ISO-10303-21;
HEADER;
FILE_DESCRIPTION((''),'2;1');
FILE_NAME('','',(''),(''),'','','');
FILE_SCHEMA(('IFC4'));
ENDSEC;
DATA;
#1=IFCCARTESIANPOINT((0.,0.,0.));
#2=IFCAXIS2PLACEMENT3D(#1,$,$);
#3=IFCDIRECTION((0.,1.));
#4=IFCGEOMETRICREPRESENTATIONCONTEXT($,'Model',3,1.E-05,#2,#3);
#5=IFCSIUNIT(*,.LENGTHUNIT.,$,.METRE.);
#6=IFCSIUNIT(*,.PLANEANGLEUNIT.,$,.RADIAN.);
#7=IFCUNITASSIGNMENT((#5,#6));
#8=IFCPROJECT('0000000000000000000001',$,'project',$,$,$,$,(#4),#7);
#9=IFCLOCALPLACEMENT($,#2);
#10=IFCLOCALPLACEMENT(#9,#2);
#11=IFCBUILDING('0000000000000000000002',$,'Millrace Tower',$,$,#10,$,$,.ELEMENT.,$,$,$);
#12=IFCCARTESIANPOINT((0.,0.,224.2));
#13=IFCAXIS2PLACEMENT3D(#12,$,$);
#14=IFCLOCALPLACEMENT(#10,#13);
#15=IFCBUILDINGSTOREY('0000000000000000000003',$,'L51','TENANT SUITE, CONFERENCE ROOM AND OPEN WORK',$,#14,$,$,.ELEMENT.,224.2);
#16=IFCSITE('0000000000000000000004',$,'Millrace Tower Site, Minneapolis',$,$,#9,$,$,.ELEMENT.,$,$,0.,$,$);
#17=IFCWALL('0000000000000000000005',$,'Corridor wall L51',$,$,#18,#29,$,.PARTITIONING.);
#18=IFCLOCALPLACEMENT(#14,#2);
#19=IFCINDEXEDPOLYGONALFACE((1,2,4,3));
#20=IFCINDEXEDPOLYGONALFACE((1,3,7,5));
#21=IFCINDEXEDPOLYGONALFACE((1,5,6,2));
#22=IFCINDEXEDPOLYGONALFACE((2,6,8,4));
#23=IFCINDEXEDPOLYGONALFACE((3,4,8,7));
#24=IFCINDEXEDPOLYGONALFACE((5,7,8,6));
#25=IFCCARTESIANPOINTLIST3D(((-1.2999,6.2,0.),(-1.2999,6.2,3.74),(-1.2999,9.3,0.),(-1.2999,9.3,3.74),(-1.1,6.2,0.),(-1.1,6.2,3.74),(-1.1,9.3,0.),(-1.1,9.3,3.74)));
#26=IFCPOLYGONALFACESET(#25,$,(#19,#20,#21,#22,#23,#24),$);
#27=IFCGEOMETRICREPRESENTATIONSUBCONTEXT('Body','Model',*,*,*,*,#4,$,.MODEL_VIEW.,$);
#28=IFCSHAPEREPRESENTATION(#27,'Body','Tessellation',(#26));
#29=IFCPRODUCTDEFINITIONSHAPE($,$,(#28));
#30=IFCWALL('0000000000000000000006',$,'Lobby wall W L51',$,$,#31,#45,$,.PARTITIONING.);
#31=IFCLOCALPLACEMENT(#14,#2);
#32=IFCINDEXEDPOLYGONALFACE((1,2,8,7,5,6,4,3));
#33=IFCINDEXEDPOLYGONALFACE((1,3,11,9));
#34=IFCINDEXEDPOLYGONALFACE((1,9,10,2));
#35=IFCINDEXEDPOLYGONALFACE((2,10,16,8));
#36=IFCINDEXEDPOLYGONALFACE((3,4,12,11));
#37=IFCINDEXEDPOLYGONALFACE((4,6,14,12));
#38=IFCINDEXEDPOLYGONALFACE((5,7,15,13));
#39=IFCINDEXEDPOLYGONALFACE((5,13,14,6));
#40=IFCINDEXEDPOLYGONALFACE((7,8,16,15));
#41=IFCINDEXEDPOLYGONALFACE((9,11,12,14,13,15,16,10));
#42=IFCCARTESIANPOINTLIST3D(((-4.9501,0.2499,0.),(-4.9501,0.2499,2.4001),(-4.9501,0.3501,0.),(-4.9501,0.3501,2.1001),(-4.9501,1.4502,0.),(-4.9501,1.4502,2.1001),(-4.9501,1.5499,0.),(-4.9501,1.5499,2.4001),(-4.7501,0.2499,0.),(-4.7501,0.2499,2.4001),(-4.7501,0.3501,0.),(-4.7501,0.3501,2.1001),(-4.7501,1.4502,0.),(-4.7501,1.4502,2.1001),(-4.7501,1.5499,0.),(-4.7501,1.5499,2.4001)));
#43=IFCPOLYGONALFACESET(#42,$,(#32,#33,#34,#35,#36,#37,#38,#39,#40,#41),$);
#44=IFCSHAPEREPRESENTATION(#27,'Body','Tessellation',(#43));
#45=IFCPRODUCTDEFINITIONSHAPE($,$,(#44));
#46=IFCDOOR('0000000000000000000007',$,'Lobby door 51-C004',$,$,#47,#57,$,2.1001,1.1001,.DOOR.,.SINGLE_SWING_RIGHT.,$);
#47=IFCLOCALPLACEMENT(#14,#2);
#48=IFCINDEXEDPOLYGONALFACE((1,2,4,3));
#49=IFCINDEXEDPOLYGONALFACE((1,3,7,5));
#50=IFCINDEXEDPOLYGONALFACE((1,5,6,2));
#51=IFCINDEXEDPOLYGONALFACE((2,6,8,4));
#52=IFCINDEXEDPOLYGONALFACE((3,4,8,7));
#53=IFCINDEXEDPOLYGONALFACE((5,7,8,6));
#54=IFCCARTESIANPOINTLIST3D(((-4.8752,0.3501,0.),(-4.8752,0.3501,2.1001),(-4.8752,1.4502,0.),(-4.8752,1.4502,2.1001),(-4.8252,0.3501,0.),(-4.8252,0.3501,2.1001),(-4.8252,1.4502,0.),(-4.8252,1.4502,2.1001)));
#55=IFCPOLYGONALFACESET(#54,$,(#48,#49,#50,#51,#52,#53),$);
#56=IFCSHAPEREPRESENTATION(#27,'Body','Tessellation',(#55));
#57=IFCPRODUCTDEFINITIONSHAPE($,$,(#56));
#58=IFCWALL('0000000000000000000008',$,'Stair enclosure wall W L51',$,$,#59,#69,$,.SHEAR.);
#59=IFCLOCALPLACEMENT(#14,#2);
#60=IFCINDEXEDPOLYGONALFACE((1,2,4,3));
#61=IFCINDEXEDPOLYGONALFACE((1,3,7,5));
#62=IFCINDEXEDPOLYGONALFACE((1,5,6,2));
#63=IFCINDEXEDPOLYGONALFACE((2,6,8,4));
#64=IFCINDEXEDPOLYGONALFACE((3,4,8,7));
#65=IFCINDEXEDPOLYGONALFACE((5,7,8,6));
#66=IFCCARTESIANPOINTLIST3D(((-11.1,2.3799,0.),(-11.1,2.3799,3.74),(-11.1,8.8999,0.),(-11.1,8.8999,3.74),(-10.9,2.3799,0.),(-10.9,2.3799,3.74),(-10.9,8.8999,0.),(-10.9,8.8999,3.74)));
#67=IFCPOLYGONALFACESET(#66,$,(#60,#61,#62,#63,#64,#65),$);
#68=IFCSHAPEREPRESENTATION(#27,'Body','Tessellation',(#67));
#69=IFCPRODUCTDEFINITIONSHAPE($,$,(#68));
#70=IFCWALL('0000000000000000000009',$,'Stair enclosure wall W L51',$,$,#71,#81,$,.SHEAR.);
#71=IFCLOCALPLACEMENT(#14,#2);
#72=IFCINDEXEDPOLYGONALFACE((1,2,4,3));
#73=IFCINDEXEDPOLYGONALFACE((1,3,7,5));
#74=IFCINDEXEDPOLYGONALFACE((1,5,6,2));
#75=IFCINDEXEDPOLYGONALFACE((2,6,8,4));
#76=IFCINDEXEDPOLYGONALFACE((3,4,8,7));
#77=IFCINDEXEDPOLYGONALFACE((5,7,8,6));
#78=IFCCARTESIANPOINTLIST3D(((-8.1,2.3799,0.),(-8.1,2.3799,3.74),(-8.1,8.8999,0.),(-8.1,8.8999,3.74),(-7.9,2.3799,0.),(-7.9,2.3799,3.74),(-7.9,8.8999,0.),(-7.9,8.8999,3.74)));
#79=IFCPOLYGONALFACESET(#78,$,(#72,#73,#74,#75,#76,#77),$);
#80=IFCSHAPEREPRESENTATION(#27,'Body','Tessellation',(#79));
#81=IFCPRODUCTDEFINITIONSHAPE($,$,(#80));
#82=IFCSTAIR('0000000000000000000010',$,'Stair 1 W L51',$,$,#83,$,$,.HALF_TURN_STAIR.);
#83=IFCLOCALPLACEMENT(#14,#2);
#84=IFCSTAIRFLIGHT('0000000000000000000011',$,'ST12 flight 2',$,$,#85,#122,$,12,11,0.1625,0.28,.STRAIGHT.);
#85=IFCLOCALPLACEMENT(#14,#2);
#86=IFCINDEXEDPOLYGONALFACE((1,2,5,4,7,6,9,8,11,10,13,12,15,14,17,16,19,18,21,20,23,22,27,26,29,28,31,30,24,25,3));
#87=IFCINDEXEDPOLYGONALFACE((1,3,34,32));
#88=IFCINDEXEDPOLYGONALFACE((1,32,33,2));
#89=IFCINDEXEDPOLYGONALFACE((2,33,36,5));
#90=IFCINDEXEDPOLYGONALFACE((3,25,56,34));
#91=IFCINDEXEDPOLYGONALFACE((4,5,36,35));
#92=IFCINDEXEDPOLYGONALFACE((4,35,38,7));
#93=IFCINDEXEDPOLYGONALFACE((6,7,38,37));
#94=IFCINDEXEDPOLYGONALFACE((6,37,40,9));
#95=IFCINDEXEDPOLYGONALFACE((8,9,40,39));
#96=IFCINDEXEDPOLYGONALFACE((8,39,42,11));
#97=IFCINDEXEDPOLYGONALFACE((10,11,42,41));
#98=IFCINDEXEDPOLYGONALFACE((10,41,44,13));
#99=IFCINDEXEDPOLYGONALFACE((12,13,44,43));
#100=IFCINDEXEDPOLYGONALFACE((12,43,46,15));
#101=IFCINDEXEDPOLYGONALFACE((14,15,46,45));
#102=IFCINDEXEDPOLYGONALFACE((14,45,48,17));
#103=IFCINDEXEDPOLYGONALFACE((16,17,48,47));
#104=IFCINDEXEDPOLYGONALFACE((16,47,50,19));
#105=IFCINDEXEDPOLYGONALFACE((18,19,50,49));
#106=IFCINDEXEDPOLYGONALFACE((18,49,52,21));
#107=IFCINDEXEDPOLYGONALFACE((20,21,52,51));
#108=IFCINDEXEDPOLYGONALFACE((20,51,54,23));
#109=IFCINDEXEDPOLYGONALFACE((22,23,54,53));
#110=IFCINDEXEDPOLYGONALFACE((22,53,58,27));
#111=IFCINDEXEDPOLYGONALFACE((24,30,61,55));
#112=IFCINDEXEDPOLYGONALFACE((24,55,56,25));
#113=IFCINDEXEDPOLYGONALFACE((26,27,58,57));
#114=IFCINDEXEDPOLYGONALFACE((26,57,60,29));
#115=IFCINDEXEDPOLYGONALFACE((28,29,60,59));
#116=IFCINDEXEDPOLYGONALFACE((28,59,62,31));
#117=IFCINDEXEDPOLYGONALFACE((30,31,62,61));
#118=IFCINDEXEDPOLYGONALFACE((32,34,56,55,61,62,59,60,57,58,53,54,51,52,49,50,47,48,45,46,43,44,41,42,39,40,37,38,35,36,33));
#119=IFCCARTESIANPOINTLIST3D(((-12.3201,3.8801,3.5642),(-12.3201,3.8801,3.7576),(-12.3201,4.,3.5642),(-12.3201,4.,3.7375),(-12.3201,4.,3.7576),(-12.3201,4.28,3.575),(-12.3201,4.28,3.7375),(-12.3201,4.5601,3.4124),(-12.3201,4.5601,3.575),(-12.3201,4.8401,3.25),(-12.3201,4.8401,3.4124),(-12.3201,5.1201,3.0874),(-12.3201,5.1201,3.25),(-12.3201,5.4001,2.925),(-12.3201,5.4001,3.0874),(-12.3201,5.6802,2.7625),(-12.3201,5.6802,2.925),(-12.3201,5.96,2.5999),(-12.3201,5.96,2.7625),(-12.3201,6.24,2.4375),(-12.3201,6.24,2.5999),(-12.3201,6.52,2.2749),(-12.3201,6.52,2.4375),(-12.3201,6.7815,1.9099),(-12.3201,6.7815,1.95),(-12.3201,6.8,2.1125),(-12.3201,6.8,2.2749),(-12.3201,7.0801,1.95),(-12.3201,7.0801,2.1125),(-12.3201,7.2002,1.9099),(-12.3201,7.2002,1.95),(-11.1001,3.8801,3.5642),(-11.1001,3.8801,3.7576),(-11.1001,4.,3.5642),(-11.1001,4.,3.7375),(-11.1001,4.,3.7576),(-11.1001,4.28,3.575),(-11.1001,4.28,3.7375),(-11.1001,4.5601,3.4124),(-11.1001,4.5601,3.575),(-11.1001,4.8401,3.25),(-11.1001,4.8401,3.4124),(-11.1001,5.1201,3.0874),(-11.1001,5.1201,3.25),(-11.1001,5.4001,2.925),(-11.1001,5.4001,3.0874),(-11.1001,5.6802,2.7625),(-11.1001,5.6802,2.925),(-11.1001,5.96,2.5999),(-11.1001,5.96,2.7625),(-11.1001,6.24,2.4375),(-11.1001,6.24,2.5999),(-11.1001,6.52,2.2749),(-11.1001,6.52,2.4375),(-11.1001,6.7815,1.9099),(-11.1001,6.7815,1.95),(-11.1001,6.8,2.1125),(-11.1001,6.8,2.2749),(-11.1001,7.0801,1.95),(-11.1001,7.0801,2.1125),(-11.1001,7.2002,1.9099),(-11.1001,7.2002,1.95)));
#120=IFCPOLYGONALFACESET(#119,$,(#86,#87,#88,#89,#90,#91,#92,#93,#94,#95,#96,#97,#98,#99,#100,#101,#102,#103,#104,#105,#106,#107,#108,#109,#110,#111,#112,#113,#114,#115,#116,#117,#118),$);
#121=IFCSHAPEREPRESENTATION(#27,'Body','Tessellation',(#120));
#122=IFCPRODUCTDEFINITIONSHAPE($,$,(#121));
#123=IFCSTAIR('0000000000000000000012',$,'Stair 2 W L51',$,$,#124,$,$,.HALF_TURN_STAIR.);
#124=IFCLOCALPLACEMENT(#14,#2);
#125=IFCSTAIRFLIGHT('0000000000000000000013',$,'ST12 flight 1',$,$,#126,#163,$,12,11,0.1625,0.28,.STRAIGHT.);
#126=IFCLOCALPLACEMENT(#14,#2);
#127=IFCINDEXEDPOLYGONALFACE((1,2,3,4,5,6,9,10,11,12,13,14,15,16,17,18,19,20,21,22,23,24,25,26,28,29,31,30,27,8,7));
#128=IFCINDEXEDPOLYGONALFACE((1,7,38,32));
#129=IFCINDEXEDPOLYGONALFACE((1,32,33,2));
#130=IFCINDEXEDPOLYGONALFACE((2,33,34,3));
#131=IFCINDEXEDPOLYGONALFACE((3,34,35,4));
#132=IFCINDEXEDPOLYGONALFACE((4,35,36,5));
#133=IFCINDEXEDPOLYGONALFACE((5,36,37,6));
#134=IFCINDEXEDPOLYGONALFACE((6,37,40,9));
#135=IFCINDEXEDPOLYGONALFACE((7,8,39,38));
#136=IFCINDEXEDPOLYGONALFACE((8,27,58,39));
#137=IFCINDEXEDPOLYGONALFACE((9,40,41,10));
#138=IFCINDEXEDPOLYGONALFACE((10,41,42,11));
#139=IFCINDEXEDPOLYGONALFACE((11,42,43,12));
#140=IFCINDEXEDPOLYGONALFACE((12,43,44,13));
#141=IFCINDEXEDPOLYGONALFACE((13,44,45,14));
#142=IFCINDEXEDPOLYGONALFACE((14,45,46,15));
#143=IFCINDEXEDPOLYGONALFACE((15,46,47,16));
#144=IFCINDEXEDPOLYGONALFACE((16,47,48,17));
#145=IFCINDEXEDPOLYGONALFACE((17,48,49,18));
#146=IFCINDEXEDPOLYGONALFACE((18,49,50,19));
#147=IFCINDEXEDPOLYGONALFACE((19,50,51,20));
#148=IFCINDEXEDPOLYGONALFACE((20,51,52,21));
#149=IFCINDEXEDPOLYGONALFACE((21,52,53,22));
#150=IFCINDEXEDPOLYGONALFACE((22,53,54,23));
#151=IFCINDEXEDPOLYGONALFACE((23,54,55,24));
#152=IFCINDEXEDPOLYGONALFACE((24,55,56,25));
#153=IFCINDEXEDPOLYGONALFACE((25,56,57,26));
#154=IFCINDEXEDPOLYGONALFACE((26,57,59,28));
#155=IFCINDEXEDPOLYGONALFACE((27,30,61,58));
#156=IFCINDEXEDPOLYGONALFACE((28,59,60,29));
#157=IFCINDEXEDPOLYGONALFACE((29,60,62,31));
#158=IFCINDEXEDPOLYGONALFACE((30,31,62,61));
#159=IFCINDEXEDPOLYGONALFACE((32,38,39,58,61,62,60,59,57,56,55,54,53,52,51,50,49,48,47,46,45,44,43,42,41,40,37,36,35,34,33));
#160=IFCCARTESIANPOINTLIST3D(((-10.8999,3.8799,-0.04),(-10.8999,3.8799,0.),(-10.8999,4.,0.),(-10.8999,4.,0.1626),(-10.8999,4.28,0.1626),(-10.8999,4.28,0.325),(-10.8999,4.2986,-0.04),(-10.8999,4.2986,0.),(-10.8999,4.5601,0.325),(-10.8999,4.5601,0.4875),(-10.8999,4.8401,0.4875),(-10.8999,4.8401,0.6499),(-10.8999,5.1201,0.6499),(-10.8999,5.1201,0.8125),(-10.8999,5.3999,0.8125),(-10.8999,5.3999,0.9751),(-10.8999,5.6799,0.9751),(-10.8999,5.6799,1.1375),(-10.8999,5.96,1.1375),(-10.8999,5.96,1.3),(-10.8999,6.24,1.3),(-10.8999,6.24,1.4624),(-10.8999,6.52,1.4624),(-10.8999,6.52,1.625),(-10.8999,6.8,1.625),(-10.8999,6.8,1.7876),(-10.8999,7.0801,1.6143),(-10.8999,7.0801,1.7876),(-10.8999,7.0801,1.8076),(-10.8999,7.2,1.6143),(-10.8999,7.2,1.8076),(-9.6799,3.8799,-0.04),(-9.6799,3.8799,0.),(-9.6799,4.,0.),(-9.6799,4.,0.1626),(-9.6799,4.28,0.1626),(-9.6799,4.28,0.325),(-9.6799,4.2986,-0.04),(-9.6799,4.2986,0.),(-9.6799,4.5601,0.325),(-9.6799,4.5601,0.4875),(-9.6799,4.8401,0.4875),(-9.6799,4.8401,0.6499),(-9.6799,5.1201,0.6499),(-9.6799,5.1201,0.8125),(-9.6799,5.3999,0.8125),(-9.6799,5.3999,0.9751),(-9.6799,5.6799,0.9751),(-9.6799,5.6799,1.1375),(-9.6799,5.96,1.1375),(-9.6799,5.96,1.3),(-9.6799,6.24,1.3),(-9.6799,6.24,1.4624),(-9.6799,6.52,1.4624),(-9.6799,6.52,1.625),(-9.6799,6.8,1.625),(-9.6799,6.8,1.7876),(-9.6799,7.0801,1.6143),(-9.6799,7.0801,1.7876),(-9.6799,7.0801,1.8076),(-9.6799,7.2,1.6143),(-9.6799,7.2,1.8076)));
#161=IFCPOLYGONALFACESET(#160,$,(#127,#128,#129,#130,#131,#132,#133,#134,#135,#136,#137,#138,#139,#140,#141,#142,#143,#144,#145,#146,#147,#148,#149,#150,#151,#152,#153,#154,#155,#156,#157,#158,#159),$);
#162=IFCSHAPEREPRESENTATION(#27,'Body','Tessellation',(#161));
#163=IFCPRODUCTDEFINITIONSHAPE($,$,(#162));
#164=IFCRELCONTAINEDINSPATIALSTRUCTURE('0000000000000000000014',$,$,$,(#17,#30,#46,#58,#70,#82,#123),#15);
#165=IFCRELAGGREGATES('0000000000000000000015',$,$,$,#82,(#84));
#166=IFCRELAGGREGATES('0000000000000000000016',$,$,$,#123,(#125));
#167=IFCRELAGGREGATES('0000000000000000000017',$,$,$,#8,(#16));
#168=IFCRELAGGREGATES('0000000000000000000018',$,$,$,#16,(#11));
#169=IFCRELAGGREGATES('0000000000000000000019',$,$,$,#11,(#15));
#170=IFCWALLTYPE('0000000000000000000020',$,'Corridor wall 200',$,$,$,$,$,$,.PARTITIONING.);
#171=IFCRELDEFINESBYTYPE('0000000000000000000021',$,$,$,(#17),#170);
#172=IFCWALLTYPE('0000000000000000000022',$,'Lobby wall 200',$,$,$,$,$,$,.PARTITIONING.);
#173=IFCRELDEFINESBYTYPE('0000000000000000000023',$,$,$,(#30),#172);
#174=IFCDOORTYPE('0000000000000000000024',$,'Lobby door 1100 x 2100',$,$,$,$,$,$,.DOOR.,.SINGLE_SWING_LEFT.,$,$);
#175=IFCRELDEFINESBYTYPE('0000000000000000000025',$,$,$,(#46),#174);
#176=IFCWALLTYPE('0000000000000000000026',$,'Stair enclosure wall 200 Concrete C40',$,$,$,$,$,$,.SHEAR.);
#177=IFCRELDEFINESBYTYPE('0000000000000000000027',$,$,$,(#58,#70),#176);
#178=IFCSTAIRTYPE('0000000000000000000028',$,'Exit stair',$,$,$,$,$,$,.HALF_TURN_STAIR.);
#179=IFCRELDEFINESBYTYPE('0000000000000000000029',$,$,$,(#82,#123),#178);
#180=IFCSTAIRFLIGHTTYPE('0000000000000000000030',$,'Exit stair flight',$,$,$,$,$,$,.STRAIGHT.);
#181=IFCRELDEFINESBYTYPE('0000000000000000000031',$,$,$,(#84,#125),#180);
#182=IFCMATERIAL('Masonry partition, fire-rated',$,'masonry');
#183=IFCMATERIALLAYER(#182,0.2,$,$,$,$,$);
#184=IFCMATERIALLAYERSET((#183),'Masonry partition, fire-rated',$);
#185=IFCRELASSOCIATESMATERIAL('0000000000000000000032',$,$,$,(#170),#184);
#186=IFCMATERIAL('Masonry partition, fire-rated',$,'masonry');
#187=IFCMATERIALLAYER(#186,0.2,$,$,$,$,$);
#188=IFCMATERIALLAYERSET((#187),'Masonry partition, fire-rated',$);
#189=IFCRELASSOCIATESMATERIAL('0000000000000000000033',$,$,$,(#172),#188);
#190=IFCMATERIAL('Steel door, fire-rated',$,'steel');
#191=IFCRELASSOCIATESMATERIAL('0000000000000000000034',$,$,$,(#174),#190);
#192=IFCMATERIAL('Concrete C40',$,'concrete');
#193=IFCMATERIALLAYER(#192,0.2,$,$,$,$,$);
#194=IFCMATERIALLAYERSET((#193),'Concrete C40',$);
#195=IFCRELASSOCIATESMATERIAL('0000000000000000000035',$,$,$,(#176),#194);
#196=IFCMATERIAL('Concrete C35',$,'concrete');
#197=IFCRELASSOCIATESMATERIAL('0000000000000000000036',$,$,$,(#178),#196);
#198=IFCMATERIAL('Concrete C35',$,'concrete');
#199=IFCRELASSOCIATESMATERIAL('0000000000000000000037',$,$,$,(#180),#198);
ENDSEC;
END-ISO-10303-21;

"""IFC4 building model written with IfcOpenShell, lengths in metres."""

from ifc_helpers import new_model, si_unit, direction, frame, frame_2d, origin, place, context, subcontext, project, spatial, polyline, rectangle, outline, extrude, material, layer, layer_set, type_object, element, fill, aggregate, save


model = new_model("IFC4")

# Units and contexts
model_context = context("Model", 3, precision=1e-05, world=origin(), true_north=direction((0.0, 1.0)))
body_context = subcontext(model_context, "Body", "Model", "MODEL_VIEW")
ifc_project = project(units=[si_unit("LENGTHUNIT", "METRE"), si_unit("PLANEANGLEUNIT", "RADIAN")], contexts=[model_context])

# Site, building, storey
site_placement = place(None, origin())
site = spatial("IfcSite", under=ifc_project, at=site_placement, Name="Millrace Tower Site, Minneapolis", CompositionType="ELEMENT", RefElevation=0.0)
building_placement = place(site_placement, origin())
building = spatial("IfcBuilding", under=site, at=building_placement, Name="Millrace Tower", CompositionType="ELEMENT")
storey_placement = place(building_placement, frame((0.0, 0.0, 224.2)))
storey = spatial("IfcBuildingStorey", under=building, at=storey_placement, Name="L51", Description="TENANT SUITE, CONFERENCE ROOM AND OPEN WORK", CompositionType="ELEMENT", Elevation=224.2)

# Shared definitions
placement_1 = place(storey_placement, origin())

# Shared definitions
ifc_material_1 = material(Name="Masonry partition, fire-rated", Category="masonry")
ifc_layer_1 = layer(ifc_material_1, 0.2)
ifc_layer_set_1 = layer_set([ifc_layer_1], Name="Masonry partition, fire-rated")
wall_type_1 = type_object("IfcWallType", Name="Corridor wall 200", PredefinedType="PARTITIONING", material=ifc_layer_set_1)

# Wall
wall_1_placement = place(storey_placement, frame((-1.2, 6.2, 0.0), z_axis=(0.0, 0.0, 1.0), x_axis=(0.0, 1.0, 0.0)))
element("IfcWall", 1, at=wall_1_placement, inside=storey, type_object=wall_type_1, Name="Corridor wall L51", PredefinedType="PARTITIONING", context=body_context, shape_type="SweptSolid", body=[
    extrude(rectangle(XDim=3.1001, YDim=0.2, at=frame_2d((1.55, 0.0))), origin(), (0.0, 0.0, 1.0), 3.74),
])

# Wall, opening, door
ifc_material_2 = material(Name="Masonry partition, fire-rated", Category="masonry")
ifc_layer_2 = layer(ifc_material_2, 0.2)
ifc_layer_set_2 = layer_set([ifc_layer_2], Name="Masonry partition, fire-rated")
wall_type_2 = type_object("IfcWallType", Name="Lobby wall 200", PredefinedType="PARTITIONING", material=ifc_layer_set_2)
wall_2_placement = place(storey_placement, frame((-4.8501, 0.25, 0.0), z_axis=(0.0, 0.0, 1.0), x_axis=(0.0, 1.0, 0.0)))
wall_2 = element("IfcWall", 2, at=wall_2_placement, inside=storey, type_object=wall_type_2, Name="Lobby wall W L51", PredefinedType="PARTITIONING", context=body_context, shape_type="SweptSolid", body=[
    extrude(rectangle(XDim=1.3, YDim=0.2, at=frame_2d((0.6499, 0.0))), origin(), (0.0, 0.0, 1.0), 2.4001),
])
opening_1_placement = place(wall_2_placement, frame((0.1001, 0.0, 0.0)))
opening_1 = element("IfcOpeningElement", 3, at=opening_1_placement, cuts=wall_2, PredefinedType="OPENING", context=body_context, shape_type="SweptSolid", body=[
    extrude(rectangle(XDim=1.1001, YDim=2.1001, at=frame_2d((0.55, 1.05))), frame((0.0, 0.1099, 0.0), z_axis=(0.0, -1.0, 0.0), x_axis=(1.0, 0.0, 0.0)), (0.0, 0.0, 1.0), 0.22),
])
ifc_material_3 = material(Name="Steel door, fire-rated", Category="steel")
door_type_1 = type_object("IfcDoorType", Name="Lobby door 1100 x 2100", OperationType="SINGLE_SWING_LEFT", PredefinedType="DOOR", material=ifc_material_3)
door_1_placement = place(opening_1_placement, frame((1.1001, 0.0, 0.0), z_axis=(0.0, 0.0, 1.0), x_axis=(-1.0, 0.0, 0.0)))
door_1 = element("IfcDoor", 4, at=door_1_placement, inside=storey, type_object=door_type_1, Name="Lobby door 51-C004", OperationType="SINGLE_SWING_RIGHT", OverallHeight=2.1001, OverallWidth=1.1001, PredefinedType="DOOR", context=body_context, shape_type="SweptSolid", body=[
    extrude(rectangle(XDim=1.1001, YDim=2.1001, at=frame_2d((0.55, 1.05))), frame((0.0, 0.0249, 0.0), z_axis=(0.0, -1.0, 0.0), x_axis=(1.0, 0.0, 0.0)), (0.0, 0.0, 1.0), 0.05),
])
fill(opening_1, door_1)

# Walls
ifc_material_4 = material(Name="Concrete C40", Category="concrete")
ifc_layer_3 = layer(ifc_material_4, 0.2)
ifc_layer_set_3 = layer_set([ifc_layer_3], Name="Concrete C40")
wall_type_3 = type_object("IfcWallType", Name="Stair enclosure wall 200 Concrete C40", PredefinedType="SHEAR", material=ifc_layer_set_3)
for number, where, z_axis, x_axis, name in (
    (5, (-11.0, 2.3799, 0.0), (0.0, 0.0, 1.0), (0.0, 1.0, 0.0), "Stair enclosure wall W L51"),
    (6, (-8.0, 2.3799, 0.0), (0.0, 0.0, 1.0), (0.0, 1.0, 0.0), "Stair enclosure wall W L51"),
):
    element("IfcWall", number, at=place(storey_placement, frame(where, z_axis=z_axis, x_axis=x_axis)), inside=storey, type_object=wall_type_3, Name=name, PredefinedType="SHEAR", context=body_context, shape_type="SweptSolid", body=[
        extrude(rectangle(XDim=6.52, YDim=0.2, at=frame_2d((3.26, 0.0))), origin(), (0.0, 0.0, 1.0), 3.74),
    ])

# Stair, stair flight
ifc_material_5 = material(Name="Concrete C35", Category="concrete")
stair_type = type_object("IfcStairType", Name="Exit stair", PredefinedType="HALF_TURN_STAIR", material=ifc_material_5)
stair_1 = element("IfcStair", 7, at=placement_1, inside=storey, type_object=stair_type, Name="Stair 1 W L51", PredefinedType="HALF_TURN_STAIR")
ifc_material_6 = material(Name="Concrete C35", Category="concrete")
stair_flight_type = type_object("IfcStairFlightType", Name="Exit stair flight", PredefinedType="STRAIGHT", material=ifc_material_6)
stair_flight_1_placement = place(storey_placement, frame((-11.71, 7.0801, 1.95), z_axis=(0.0, 0.0, 1.0), x_axis=(0.0, -1.0, 0.0)))
stair_flight_1 = element("IfcStairFlight", 8, at=stair_flight_1_placement, type_object=stair_flight_type, Name="ST12 flight 2", NumberOfRisers=12, NumberOfTreads=11, PredefinedType="STRAIGHT", RiserHeight=0.1625, TreadLength=0.28, context=body_context, shape_type="SweptSolid", body=[
    extrude(outline(polyline([(-0.1201, -0.04), (-0.1201, 0.0), (0.0, 0.0), (0.0, 0.1626), (0.28, 0.1626), (0.28, 0.325), (0.5601, 0.325), (0.5601, 0.4875), (0.8401, 0.4875), (0.8401, 0.6499), (1.1201, 0.6499), (1.1201, 0.8125), (1.3999, 0.8125), (1.3999, 0.9751), (1.6799, 0.9751), (1.6799, 1.1375), (1.96, 1.1375), (1.96, 1.3), (2.24, 1.3), (2.24, 1.4624), (2.52, 1.4624), (2.52, 1.625), (2.8, 1.625), (2.8, 1.7876), (3.0801, 1.7876), (3.0801, 1.8076), (3.2, 1.8076), (3.2, 1.6143), (3.0801, 1.6143), (0.2986, 0.0), (0.2986, -0.04), (-0.1201, -0.04)])), frame((0.0, 0.6099, 0.0), z_axis=(0.0, -1.0, 0.0), x_axis=(1.0, 0.0, 0.0)), (0.0, 0.0, 1.0), 1.22),
])
aggregate(stair_1, [stair_flight_1])

# Stair, stair flight
stair_2 = element("IfcStair", 9, at=placement_1, inside=storey, type_object=stair_type, Name="Stair 2 W L51", PredefinedType="HALF_TURN_STAIR")
stair_flight_2_placement = place(storey_placement, frame((-10.29, 4.0, 0.0), z_axis=(0.0, 0.0, 1.0), x_axis=(0.0, 1.0, 0.0)))
stair_flight_2 = element("IfcStairFlight", 10, at=stair_flight_2_placement, type_object=stair_flight_type, Name="ST12 flight 1", NumberOfRisers=12, NumberOfTreads=11, PredefinedType="STRAIGHT", RiserHeight=0.1625, TreadLength=0.28, context=body_context, shape_type="SweptSolid", body=[
    extrude(outline(polyline([(-0.1201, -0.04), (-0.1201, 0.0), (0.0, 0.0), (0.0, 0.1626), (0.28, 0.1626), (0.28, 0.325), (0.5601, 0.325), (0.5601, 0.4875), (0.8401, 0.4875), (0.8401, 0.6499), (1.1201, 0.6499), (1.1201, 0.8125), (1.3999, 0.8125), (1.3999, 0.9751), (1.6799, 0.9751), (1.6799, 1.1375), (1.96, 1.1375), (1.96, 1.3), (2.24, 1.3), (2.24, 1.4624), (2.52, 1.4624), (2.52, 1.625), (2.8, 1.625), (2.8, 1.7876), (3.0801, 1.7876), (3.0801, 1.8076), (3.2, 1.8076), (3.2, 1.6143), (3.0801, 1.6143), (0.2986, 0.0), (0.2986, -0.04), (-0.1201, -0.04)])), frame((0.0, 0.6099, 0.0), z_axis=(0.0, -1.0, 0.0), x_axis=(1.0, 0.0, 0.0)), (0.0, 0.0, 1.0), 1.22),
])
aggregate(stair_2, [stair_flight_2])

save(model, "model.ifc")
